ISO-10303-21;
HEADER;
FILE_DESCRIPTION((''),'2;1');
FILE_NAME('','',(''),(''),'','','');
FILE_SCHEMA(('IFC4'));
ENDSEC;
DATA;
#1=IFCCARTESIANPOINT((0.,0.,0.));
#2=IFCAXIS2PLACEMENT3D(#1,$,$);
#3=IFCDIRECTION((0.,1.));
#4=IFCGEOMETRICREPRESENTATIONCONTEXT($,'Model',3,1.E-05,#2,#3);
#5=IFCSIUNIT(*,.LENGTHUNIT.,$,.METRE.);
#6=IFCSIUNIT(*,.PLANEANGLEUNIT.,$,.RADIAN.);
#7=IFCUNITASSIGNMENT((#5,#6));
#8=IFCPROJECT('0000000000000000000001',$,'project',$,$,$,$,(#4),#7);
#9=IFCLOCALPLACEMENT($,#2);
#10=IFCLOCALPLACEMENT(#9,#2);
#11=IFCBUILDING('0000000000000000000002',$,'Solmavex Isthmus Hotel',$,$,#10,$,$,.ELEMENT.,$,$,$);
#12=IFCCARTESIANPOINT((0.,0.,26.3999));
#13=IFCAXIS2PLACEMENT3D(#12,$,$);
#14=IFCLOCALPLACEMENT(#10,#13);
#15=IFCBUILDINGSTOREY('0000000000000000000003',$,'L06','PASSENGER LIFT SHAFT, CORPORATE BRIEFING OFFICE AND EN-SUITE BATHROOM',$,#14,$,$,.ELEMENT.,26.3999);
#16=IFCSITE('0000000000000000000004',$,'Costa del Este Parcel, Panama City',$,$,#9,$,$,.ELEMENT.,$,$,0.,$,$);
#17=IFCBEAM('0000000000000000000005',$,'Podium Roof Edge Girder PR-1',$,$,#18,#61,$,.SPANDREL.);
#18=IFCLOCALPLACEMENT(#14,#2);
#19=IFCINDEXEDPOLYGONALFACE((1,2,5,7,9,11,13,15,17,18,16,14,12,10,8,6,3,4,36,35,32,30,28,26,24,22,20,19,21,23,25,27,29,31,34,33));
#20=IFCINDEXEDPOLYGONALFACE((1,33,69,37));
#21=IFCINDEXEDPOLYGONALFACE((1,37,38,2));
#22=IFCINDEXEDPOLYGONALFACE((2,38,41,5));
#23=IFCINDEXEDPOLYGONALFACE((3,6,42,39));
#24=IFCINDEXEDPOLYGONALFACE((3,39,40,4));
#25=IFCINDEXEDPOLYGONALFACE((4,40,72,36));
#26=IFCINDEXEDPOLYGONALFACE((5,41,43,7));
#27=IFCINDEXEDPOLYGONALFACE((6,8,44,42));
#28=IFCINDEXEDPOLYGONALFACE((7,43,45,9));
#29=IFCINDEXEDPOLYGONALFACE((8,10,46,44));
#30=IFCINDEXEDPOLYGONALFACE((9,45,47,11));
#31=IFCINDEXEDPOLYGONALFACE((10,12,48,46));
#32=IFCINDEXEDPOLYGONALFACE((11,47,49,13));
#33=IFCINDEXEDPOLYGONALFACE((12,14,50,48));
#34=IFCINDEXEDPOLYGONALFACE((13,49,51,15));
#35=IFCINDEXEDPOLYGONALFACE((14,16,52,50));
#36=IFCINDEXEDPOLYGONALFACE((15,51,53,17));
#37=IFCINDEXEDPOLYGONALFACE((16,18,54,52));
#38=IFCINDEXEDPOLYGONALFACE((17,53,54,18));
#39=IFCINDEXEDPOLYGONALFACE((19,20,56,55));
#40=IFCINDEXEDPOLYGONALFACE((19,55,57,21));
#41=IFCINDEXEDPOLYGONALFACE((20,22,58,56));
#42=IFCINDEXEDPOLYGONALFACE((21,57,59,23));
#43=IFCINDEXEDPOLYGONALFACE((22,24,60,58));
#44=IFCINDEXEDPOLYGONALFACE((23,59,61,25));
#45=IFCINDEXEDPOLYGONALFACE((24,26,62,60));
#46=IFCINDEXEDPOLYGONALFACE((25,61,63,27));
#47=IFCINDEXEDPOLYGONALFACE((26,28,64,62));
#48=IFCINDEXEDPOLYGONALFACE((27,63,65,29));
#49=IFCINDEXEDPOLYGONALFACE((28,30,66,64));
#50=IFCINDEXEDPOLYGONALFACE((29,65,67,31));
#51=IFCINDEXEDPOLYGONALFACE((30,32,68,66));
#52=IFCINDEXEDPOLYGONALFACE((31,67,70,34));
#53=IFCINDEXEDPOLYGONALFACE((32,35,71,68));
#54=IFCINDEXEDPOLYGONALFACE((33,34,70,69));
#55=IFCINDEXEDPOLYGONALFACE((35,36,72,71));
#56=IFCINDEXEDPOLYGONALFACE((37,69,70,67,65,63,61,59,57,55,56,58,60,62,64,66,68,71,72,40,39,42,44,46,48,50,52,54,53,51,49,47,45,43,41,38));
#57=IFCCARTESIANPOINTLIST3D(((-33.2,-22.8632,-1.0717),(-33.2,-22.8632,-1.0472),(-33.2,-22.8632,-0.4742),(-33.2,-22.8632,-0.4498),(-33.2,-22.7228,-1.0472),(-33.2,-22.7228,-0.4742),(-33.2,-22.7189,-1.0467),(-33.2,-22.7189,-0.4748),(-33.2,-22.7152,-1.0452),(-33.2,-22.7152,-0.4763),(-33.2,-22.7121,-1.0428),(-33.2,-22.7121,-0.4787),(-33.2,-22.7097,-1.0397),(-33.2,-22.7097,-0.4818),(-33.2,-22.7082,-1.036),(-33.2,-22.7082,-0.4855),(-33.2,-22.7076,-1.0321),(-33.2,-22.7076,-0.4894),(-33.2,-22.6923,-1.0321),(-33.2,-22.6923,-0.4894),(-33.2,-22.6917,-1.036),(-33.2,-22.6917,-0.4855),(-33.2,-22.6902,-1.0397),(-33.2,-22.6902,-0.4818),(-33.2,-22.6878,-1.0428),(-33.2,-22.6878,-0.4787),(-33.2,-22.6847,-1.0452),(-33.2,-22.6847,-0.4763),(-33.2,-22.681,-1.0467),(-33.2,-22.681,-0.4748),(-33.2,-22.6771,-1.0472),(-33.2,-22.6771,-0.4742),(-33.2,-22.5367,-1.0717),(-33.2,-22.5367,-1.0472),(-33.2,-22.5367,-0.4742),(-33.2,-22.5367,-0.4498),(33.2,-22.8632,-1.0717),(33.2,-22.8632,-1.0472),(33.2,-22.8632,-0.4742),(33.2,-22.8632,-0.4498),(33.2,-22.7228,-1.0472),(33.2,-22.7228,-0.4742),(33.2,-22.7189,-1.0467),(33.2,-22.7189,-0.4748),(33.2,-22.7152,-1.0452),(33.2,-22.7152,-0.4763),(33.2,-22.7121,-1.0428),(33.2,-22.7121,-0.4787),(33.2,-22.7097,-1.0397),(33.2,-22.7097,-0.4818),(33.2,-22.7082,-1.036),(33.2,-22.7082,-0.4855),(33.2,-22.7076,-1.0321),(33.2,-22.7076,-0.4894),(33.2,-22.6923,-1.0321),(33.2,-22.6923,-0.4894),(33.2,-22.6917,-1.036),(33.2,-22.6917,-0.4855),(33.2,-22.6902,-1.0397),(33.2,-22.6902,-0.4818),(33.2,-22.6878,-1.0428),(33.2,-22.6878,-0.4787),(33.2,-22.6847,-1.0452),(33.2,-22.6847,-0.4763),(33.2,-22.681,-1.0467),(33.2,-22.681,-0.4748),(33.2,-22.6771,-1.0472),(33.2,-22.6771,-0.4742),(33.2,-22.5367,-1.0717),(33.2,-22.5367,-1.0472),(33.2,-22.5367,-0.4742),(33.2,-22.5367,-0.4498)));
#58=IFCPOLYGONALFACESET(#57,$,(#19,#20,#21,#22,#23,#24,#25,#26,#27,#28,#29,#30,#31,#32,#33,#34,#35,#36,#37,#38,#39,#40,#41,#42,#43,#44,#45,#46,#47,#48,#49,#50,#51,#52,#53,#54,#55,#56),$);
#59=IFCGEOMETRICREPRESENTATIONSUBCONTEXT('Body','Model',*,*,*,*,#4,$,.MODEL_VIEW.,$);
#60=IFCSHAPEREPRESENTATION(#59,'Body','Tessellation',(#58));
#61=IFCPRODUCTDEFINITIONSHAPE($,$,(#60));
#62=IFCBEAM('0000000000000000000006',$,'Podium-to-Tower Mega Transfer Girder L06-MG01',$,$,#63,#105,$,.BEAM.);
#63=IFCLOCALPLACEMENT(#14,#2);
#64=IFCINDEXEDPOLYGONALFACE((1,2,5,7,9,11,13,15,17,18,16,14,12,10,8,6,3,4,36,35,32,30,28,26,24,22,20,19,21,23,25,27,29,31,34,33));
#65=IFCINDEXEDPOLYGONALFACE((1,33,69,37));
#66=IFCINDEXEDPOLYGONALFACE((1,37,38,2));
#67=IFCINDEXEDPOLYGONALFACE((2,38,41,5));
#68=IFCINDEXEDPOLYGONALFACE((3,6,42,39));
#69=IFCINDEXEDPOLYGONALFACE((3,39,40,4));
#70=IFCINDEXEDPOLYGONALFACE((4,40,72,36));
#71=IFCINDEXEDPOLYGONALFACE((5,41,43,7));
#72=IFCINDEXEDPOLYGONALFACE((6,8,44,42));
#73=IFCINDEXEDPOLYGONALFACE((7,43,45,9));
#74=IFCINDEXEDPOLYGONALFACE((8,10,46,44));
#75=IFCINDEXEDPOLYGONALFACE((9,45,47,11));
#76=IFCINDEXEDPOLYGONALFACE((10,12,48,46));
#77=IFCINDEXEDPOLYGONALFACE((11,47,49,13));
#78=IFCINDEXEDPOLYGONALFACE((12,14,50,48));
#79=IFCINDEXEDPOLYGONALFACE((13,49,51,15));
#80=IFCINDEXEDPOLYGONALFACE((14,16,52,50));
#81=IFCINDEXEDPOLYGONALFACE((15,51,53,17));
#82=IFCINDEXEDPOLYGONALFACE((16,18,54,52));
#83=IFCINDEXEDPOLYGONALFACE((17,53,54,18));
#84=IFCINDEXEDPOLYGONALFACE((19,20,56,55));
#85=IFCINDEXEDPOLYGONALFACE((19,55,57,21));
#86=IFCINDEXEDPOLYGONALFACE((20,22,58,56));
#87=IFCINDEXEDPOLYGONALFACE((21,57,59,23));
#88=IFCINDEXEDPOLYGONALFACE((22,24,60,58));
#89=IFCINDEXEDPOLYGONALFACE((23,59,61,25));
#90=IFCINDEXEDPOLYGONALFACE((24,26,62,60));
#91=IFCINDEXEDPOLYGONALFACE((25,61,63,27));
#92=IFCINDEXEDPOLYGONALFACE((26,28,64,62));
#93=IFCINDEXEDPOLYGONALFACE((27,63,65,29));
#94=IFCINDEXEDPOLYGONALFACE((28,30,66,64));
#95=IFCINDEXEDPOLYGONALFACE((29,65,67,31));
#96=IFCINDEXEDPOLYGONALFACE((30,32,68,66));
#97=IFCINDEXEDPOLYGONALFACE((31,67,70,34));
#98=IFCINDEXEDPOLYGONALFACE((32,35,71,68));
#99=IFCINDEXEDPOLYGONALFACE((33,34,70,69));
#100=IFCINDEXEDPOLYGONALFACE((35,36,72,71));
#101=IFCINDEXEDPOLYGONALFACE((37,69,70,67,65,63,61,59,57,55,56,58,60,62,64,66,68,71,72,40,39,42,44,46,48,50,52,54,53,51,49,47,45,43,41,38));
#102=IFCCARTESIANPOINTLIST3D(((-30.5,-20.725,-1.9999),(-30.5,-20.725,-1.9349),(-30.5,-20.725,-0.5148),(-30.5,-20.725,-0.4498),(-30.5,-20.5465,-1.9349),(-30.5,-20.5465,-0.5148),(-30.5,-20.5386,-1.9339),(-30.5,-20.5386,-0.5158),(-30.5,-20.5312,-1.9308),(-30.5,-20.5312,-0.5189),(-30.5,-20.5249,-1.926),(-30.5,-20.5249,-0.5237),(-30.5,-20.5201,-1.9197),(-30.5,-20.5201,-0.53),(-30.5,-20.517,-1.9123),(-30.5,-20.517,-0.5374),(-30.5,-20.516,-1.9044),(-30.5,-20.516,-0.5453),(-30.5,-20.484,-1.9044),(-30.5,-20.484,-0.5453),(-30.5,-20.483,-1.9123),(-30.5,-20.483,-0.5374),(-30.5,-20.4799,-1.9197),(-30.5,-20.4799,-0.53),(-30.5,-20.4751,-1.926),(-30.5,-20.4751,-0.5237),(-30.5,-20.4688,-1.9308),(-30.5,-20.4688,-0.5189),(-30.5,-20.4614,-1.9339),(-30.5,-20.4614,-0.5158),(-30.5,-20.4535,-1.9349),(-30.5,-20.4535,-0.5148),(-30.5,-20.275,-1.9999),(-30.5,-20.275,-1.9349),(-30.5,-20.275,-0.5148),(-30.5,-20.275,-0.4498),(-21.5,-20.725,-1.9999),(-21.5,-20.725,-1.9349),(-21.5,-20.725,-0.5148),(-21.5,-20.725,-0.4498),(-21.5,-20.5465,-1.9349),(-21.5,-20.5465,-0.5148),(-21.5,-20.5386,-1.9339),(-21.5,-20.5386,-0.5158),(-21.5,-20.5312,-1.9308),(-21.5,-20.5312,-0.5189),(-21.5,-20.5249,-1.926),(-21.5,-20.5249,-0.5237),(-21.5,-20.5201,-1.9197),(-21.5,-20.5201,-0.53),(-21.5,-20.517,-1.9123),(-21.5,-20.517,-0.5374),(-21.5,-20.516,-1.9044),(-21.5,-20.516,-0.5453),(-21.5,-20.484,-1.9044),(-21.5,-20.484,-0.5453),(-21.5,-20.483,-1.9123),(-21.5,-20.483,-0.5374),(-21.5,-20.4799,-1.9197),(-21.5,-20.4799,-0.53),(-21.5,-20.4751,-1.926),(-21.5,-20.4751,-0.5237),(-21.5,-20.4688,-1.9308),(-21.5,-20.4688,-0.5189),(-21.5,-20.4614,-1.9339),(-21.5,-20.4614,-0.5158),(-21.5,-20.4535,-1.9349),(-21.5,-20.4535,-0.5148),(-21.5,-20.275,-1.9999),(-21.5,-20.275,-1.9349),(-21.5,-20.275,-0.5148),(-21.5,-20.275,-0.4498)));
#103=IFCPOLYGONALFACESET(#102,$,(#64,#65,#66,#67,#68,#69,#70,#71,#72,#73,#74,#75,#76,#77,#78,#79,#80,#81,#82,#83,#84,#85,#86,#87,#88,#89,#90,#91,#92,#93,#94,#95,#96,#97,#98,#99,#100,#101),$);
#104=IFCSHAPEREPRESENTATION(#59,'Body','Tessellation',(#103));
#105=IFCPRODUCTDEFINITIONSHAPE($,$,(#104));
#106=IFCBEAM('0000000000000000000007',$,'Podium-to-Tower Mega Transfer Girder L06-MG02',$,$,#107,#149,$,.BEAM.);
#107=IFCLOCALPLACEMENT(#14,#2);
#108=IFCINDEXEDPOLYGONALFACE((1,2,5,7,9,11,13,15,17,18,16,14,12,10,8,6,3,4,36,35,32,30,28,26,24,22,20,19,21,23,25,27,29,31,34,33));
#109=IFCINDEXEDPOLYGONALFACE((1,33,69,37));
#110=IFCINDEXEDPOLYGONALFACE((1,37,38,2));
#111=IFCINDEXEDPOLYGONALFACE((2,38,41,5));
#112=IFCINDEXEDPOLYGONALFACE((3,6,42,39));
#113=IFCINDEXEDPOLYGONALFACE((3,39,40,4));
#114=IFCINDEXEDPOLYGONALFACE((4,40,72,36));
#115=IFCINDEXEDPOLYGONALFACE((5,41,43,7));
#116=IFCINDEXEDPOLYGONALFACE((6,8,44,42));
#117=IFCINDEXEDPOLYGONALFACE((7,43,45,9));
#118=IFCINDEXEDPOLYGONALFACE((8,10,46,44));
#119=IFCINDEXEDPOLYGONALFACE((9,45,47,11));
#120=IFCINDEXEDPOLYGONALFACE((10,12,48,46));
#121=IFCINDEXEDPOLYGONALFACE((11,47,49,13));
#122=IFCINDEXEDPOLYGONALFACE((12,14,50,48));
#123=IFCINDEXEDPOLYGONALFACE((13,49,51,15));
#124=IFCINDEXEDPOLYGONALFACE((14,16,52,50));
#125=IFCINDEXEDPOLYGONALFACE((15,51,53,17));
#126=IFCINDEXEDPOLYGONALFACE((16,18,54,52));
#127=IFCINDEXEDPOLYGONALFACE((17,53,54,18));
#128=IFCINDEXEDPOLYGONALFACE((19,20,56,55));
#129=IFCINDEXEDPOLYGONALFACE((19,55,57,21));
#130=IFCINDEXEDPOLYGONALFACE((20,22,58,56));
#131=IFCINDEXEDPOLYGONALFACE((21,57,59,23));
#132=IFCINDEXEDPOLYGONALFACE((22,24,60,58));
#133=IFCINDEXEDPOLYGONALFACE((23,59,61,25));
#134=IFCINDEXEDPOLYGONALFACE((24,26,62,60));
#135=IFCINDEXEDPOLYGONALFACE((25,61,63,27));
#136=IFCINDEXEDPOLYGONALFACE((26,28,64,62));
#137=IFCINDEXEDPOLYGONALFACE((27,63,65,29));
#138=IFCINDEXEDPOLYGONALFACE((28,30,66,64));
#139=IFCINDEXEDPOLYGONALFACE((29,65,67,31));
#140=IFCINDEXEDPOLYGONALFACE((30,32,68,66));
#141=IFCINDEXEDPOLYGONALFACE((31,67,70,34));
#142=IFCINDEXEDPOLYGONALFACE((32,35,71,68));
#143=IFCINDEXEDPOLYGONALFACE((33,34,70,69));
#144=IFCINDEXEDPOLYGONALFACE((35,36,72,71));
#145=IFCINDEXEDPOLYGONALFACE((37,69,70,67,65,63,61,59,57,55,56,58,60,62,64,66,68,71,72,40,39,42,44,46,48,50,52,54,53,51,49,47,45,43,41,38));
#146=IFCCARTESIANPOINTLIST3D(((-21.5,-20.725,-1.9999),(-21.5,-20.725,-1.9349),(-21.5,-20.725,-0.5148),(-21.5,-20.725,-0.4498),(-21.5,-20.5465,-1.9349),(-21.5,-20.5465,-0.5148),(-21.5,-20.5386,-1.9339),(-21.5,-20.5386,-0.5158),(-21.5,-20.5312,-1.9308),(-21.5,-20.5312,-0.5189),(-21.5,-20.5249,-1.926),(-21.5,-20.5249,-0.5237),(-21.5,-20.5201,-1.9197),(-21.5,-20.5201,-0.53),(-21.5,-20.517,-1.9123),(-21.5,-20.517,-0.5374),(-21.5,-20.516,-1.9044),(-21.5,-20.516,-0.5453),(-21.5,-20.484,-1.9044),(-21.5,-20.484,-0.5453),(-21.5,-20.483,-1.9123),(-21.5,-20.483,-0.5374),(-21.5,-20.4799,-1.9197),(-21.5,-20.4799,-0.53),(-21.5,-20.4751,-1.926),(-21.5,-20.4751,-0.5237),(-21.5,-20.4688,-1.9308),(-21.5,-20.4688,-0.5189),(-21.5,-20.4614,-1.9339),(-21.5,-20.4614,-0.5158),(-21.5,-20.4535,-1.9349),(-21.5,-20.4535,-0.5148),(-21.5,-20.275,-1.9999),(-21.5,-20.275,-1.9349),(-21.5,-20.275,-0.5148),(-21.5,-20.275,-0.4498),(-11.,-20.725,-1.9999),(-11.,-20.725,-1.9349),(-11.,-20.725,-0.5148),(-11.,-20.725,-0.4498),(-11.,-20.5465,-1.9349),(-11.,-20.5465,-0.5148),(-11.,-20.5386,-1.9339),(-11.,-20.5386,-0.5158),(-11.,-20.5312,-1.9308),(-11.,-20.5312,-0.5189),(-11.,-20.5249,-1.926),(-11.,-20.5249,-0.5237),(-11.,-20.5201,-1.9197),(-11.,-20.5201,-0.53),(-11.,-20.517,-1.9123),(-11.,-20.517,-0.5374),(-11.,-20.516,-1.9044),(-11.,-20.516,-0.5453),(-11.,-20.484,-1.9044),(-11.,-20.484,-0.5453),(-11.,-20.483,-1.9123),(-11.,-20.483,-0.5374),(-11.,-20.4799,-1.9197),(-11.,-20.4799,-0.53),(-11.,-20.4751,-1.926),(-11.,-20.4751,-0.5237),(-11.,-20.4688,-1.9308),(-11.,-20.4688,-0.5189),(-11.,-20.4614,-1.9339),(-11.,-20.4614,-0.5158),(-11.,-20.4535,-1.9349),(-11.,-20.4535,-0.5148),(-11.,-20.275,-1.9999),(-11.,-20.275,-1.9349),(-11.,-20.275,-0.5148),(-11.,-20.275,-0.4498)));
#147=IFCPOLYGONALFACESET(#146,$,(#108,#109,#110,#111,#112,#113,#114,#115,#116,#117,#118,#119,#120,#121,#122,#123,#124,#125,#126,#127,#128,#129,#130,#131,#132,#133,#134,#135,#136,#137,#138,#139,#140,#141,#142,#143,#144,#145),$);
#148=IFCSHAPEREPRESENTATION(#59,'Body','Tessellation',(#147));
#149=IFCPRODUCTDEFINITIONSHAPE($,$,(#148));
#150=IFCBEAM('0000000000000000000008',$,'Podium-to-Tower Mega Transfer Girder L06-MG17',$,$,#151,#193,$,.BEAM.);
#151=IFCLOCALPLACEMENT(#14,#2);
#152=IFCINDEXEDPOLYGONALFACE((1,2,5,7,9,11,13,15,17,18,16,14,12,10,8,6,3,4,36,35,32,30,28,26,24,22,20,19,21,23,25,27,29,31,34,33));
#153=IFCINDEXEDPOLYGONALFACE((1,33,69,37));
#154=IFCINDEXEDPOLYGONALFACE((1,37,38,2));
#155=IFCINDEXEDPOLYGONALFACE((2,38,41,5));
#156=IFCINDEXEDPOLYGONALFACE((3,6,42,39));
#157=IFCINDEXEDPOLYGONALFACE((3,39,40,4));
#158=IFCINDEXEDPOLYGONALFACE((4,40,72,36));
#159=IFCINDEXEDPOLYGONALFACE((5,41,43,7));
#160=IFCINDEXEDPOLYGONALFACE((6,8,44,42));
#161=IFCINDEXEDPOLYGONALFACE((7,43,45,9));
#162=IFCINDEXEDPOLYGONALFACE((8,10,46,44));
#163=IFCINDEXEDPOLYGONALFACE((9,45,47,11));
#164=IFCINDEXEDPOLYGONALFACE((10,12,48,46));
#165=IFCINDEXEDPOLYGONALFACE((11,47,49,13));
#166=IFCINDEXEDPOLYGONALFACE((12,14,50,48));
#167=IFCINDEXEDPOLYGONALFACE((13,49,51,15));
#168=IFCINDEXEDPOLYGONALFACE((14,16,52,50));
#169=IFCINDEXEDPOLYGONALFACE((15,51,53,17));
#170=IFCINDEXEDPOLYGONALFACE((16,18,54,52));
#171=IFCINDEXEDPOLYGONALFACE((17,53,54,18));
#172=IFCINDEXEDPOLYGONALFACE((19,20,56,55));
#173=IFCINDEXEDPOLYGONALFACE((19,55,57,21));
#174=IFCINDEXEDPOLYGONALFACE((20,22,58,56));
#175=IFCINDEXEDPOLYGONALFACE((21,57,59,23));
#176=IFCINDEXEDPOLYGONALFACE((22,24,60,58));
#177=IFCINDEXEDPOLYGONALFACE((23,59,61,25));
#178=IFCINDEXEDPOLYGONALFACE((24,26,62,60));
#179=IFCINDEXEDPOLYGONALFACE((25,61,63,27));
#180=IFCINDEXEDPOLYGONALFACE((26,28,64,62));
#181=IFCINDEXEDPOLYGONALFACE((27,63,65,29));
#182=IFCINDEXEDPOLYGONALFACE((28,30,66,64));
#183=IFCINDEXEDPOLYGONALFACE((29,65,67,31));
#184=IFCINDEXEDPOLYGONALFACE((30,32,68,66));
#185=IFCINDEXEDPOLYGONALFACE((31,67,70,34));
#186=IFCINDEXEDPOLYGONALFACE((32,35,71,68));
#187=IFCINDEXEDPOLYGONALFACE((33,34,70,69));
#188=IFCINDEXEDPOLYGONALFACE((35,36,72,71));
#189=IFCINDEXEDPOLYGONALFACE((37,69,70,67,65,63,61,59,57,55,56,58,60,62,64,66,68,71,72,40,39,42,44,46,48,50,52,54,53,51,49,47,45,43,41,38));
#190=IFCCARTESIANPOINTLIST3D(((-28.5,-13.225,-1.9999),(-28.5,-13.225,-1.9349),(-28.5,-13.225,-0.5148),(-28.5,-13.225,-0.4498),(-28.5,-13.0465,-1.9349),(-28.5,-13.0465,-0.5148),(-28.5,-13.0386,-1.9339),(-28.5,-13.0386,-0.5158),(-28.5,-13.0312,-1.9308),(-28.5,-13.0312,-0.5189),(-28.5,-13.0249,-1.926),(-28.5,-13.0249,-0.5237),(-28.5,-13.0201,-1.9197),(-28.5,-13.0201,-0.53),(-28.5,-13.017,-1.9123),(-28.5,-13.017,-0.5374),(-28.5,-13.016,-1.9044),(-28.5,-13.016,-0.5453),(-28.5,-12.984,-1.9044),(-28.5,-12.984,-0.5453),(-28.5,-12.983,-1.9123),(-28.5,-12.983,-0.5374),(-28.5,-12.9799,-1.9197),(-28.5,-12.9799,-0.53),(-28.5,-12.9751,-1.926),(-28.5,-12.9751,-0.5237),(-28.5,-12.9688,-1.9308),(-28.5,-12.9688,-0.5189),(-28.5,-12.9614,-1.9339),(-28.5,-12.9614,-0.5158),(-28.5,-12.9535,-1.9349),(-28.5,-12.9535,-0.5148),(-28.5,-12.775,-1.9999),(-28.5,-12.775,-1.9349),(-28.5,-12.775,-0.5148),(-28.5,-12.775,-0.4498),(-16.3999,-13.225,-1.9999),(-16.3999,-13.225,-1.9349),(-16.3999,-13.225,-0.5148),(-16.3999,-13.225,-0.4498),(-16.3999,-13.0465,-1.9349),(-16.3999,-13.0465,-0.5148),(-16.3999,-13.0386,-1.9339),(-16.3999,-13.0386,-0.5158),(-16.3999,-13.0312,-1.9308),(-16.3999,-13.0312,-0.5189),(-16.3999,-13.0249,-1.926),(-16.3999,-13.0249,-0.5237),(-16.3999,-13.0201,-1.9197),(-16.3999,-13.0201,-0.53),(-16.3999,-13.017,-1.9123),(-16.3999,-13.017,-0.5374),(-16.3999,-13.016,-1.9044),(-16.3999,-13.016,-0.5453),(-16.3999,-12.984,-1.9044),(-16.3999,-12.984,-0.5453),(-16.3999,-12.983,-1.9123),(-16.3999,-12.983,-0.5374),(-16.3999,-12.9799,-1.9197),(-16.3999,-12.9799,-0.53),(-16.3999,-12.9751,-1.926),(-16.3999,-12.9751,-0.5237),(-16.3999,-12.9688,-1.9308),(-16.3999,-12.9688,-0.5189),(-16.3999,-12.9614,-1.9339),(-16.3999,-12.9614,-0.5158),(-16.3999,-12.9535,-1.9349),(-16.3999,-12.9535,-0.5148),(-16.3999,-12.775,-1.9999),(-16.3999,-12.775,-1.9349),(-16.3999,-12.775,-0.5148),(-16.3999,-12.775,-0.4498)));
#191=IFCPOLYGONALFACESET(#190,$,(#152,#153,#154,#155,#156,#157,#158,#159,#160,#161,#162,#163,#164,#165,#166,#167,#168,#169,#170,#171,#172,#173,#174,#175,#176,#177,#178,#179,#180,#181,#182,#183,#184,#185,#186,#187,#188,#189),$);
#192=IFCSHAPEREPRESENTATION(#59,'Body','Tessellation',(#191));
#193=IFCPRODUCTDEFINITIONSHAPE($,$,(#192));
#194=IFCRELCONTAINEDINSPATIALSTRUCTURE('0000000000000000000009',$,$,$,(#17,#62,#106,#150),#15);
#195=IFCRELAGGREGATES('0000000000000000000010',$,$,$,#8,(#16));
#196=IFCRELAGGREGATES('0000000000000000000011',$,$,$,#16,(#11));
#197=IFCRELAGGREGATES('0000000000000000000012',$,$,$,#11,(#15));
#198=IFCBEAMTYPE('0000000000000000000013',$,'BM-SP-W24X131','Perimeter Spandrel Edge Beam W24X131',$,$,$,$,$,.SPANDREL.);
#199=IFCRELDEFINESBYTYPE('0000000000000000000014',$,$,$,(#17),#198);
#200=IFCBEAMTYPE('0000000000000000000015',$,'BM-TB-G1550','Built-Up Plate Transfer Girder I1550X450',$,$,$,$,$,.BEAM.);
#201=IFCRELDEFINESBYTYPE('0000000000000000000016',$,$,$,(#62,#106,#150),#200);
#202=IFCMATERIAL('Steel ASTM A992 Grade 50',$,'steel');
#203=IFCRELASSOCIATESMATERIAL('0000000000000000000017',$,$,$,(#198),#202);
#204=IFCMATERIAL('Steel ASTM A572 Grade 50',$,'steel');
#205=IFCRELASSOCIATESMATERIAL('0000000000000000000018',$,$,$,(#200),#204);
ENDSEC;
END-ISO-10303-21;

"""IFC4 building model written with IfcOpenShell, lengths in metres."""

from ifc_helpers import new_model, si_unit, direction, frame, origin, origin_2d, place, context, subcontext, project, spatial, i_section, extrude, material, material_profile, profile_set, type_object, element, save


model = new_model("IFC4")

# Units and contexts
model_context = context("Model", 3, precision=1e-05, world=origin(), true_north=direction((0.0, 1.0)))
body_context = subcontext(model_context, "Body", "Model", "MODEL_VIEW")
ifc_project = project(units=[si_unit("LENGTHUNIT", "METRE"), si_unit("PLANEANGLEUNIT", "RADIAN")], contexts=[model_context])

# Site, building, storey
site_placement = place(None, origin())
site = spatial("IfcSite", under=ifc_project, at=site_placement, Name="Costa del Este Parcel, Panama City", CompositionType="ELEMENT", RefElevation=0.0)
building_placement = place(site_placement, origin())
building = spatial("IfcBuilding", under=site, at=building_placement, Name="Solmavex Isthmus Hotel", CompositionType="ELEMENT")
storey_placement = place(building_placement, frame((0.0, 0.0, 26.3999)))
storey = spatial("IfcBuildingStorey", under=building, at=storey_placement, Name="L06", Description="PASSENGER LIFT SHAFT, CORPORATE BRIEFING OFFICE AND EN-SUITE BATHROOM", CompositionType="ELEMENT", Elevation=26.3999)

# Beams
ifc_material_1 = material(Name="Steel ASTM A992 Grade 50", Category="steel")
ifc_material_profile_1 = material_profile(ifc_material_1, i_section(OverallWidth=0.3264, OverallDepth=0.6218, WebThickness=0.0154, FlangeThickness=0.0244, FilletRadius=0.0151, at=origin_2d()), Name="W24X131")
ifc_profile_set_1 = profile_set([ifc_material_profile_1], Name="Steel ASTM A992 Grade 50")
beam_type_1 = type_object("IfcBeamType", Name="BM-SP-W24X131", Description="Perimeter Spandrel Edge Beam W24X131", PredefinedType="SPANDREL", material=ifc_profile_set_1)
beam_1_placement = place(storey_placement, frame((-33.2, -22.7, -0.7607), z_axis=(1.0, 0.0, 0.0), x_axis=(0.0, 1.0, 0.0)))
element("IfcBeam", 1, at=beam_1_placement, inside=storey, type_object=beam_type_1, Name="Podium Roof Edge Girder PR-1", PredefinedType="SPANDREL", context=body_context, shape_type="SweptSolid", body=[
    extrude(i_section(OverallWidth=0.3264, OverallDepth=0.6218, WebThickness=0.0154, FlangeThickness=0.0244, FilletRadius=0.0151, at=origin_2d()), origin(), (0.0, 0.0, 1.0), 66.3999),
])
ifc_material_2 = material(Name="Steel ASTM A572 Grade 50", Category="steel")
ifc_material_profile_2 = material_profile(ifc_material_2, i_section(OverallWidth=0.45, OverallDepth=1.55, WebThickness=0.032, FlangeThickness=0.0649, FilletRadius=0.0305, at=origin_2d()), Name="I1550X450")
ifc_profile_set_2 = profile_set([ifc_material_profile_2], Name="Steel ASTM A572 Grade 50")
beam_type_2 = type_object("IfcBeamType", Name="BM-TB-G1550", Description="Built-Up Plate Transfer Girder I1550X450", PredefinedType="BEAM", material=ifc_profile_set_2)
beam_2_placement = place(storey_placement, frame((-30.5, -20.5, -1.2249), z_axis=(1.0, 0.0, 0.0), x_axis=(0.0, 1.0, 0.0)))
element("IfcBeam", 2, at=beam_2_placement, inside=storey, type_object=beam_type_2, Name="Podium-to-Tower Mega Transfer Girder L06-MG01", PredefinedType="BEAM", context=body_context, shape_type="SweptSolid", body=[
    extrude(i_section(OverallWidth=0.45, OverallDepth=1.55, WebThickness=0.032, FlangeThickness=0.0649, FilletRadius=0.0305, at=origin_2d()), origin(), (0.0, 0.0, 1.0), 9.0),
])
beam_3_placement = place(storey_placement, frame((-21.5, -20.5, -1.2249), z_axis=(1.0, 0.0, 0.0), x_axis=(0.0, 1.0, 0.0)))
element("IfcBeam", 3, at=beam_3_placement, inside=storey, type_object=beam_type_2, Name="Podium-to-Tower Mega Transfer Girder L06-MG02", PredefinedType="BEAM", context=body_context, shape_type="SweptSolid", body=[
    extrude(i_section(OverallWidth=0.45, OverallDepth=1.55, WebThickness=0.032, FlangeThickness=0.0649, FilletRadius=0.0305, at=origin_2d()), origin(), (0.0, 0.0, 1.0), 10.5),
])
beam_4_placement = place(storey_placement, frame((-28.5, -13.0, -1.2249), z_axis=(1.0, 0.0, 0.0), x_axis=(0.0, 1.0, 0.0)))
element("IfcBeam", 4, at=beam_4_placement, inside=storey, type_object=beam_type_2, Name="Podium-to-Tower Mega Transfer Girder L06-MG17", PredefinedType="BEAM", context=body_context, shape_type="SweptSolid", body=[
    extrude(i_section(OverallWidth=0.45, OverallDepth=1.55, WebThickness=0.032, FlangeThickness=0.0649, FilletRadius=0.0305, at=origin_2d()), origin(), (0.0, 0.0, 1.0), 12.1001),
])

save(model, "model.ifc")
